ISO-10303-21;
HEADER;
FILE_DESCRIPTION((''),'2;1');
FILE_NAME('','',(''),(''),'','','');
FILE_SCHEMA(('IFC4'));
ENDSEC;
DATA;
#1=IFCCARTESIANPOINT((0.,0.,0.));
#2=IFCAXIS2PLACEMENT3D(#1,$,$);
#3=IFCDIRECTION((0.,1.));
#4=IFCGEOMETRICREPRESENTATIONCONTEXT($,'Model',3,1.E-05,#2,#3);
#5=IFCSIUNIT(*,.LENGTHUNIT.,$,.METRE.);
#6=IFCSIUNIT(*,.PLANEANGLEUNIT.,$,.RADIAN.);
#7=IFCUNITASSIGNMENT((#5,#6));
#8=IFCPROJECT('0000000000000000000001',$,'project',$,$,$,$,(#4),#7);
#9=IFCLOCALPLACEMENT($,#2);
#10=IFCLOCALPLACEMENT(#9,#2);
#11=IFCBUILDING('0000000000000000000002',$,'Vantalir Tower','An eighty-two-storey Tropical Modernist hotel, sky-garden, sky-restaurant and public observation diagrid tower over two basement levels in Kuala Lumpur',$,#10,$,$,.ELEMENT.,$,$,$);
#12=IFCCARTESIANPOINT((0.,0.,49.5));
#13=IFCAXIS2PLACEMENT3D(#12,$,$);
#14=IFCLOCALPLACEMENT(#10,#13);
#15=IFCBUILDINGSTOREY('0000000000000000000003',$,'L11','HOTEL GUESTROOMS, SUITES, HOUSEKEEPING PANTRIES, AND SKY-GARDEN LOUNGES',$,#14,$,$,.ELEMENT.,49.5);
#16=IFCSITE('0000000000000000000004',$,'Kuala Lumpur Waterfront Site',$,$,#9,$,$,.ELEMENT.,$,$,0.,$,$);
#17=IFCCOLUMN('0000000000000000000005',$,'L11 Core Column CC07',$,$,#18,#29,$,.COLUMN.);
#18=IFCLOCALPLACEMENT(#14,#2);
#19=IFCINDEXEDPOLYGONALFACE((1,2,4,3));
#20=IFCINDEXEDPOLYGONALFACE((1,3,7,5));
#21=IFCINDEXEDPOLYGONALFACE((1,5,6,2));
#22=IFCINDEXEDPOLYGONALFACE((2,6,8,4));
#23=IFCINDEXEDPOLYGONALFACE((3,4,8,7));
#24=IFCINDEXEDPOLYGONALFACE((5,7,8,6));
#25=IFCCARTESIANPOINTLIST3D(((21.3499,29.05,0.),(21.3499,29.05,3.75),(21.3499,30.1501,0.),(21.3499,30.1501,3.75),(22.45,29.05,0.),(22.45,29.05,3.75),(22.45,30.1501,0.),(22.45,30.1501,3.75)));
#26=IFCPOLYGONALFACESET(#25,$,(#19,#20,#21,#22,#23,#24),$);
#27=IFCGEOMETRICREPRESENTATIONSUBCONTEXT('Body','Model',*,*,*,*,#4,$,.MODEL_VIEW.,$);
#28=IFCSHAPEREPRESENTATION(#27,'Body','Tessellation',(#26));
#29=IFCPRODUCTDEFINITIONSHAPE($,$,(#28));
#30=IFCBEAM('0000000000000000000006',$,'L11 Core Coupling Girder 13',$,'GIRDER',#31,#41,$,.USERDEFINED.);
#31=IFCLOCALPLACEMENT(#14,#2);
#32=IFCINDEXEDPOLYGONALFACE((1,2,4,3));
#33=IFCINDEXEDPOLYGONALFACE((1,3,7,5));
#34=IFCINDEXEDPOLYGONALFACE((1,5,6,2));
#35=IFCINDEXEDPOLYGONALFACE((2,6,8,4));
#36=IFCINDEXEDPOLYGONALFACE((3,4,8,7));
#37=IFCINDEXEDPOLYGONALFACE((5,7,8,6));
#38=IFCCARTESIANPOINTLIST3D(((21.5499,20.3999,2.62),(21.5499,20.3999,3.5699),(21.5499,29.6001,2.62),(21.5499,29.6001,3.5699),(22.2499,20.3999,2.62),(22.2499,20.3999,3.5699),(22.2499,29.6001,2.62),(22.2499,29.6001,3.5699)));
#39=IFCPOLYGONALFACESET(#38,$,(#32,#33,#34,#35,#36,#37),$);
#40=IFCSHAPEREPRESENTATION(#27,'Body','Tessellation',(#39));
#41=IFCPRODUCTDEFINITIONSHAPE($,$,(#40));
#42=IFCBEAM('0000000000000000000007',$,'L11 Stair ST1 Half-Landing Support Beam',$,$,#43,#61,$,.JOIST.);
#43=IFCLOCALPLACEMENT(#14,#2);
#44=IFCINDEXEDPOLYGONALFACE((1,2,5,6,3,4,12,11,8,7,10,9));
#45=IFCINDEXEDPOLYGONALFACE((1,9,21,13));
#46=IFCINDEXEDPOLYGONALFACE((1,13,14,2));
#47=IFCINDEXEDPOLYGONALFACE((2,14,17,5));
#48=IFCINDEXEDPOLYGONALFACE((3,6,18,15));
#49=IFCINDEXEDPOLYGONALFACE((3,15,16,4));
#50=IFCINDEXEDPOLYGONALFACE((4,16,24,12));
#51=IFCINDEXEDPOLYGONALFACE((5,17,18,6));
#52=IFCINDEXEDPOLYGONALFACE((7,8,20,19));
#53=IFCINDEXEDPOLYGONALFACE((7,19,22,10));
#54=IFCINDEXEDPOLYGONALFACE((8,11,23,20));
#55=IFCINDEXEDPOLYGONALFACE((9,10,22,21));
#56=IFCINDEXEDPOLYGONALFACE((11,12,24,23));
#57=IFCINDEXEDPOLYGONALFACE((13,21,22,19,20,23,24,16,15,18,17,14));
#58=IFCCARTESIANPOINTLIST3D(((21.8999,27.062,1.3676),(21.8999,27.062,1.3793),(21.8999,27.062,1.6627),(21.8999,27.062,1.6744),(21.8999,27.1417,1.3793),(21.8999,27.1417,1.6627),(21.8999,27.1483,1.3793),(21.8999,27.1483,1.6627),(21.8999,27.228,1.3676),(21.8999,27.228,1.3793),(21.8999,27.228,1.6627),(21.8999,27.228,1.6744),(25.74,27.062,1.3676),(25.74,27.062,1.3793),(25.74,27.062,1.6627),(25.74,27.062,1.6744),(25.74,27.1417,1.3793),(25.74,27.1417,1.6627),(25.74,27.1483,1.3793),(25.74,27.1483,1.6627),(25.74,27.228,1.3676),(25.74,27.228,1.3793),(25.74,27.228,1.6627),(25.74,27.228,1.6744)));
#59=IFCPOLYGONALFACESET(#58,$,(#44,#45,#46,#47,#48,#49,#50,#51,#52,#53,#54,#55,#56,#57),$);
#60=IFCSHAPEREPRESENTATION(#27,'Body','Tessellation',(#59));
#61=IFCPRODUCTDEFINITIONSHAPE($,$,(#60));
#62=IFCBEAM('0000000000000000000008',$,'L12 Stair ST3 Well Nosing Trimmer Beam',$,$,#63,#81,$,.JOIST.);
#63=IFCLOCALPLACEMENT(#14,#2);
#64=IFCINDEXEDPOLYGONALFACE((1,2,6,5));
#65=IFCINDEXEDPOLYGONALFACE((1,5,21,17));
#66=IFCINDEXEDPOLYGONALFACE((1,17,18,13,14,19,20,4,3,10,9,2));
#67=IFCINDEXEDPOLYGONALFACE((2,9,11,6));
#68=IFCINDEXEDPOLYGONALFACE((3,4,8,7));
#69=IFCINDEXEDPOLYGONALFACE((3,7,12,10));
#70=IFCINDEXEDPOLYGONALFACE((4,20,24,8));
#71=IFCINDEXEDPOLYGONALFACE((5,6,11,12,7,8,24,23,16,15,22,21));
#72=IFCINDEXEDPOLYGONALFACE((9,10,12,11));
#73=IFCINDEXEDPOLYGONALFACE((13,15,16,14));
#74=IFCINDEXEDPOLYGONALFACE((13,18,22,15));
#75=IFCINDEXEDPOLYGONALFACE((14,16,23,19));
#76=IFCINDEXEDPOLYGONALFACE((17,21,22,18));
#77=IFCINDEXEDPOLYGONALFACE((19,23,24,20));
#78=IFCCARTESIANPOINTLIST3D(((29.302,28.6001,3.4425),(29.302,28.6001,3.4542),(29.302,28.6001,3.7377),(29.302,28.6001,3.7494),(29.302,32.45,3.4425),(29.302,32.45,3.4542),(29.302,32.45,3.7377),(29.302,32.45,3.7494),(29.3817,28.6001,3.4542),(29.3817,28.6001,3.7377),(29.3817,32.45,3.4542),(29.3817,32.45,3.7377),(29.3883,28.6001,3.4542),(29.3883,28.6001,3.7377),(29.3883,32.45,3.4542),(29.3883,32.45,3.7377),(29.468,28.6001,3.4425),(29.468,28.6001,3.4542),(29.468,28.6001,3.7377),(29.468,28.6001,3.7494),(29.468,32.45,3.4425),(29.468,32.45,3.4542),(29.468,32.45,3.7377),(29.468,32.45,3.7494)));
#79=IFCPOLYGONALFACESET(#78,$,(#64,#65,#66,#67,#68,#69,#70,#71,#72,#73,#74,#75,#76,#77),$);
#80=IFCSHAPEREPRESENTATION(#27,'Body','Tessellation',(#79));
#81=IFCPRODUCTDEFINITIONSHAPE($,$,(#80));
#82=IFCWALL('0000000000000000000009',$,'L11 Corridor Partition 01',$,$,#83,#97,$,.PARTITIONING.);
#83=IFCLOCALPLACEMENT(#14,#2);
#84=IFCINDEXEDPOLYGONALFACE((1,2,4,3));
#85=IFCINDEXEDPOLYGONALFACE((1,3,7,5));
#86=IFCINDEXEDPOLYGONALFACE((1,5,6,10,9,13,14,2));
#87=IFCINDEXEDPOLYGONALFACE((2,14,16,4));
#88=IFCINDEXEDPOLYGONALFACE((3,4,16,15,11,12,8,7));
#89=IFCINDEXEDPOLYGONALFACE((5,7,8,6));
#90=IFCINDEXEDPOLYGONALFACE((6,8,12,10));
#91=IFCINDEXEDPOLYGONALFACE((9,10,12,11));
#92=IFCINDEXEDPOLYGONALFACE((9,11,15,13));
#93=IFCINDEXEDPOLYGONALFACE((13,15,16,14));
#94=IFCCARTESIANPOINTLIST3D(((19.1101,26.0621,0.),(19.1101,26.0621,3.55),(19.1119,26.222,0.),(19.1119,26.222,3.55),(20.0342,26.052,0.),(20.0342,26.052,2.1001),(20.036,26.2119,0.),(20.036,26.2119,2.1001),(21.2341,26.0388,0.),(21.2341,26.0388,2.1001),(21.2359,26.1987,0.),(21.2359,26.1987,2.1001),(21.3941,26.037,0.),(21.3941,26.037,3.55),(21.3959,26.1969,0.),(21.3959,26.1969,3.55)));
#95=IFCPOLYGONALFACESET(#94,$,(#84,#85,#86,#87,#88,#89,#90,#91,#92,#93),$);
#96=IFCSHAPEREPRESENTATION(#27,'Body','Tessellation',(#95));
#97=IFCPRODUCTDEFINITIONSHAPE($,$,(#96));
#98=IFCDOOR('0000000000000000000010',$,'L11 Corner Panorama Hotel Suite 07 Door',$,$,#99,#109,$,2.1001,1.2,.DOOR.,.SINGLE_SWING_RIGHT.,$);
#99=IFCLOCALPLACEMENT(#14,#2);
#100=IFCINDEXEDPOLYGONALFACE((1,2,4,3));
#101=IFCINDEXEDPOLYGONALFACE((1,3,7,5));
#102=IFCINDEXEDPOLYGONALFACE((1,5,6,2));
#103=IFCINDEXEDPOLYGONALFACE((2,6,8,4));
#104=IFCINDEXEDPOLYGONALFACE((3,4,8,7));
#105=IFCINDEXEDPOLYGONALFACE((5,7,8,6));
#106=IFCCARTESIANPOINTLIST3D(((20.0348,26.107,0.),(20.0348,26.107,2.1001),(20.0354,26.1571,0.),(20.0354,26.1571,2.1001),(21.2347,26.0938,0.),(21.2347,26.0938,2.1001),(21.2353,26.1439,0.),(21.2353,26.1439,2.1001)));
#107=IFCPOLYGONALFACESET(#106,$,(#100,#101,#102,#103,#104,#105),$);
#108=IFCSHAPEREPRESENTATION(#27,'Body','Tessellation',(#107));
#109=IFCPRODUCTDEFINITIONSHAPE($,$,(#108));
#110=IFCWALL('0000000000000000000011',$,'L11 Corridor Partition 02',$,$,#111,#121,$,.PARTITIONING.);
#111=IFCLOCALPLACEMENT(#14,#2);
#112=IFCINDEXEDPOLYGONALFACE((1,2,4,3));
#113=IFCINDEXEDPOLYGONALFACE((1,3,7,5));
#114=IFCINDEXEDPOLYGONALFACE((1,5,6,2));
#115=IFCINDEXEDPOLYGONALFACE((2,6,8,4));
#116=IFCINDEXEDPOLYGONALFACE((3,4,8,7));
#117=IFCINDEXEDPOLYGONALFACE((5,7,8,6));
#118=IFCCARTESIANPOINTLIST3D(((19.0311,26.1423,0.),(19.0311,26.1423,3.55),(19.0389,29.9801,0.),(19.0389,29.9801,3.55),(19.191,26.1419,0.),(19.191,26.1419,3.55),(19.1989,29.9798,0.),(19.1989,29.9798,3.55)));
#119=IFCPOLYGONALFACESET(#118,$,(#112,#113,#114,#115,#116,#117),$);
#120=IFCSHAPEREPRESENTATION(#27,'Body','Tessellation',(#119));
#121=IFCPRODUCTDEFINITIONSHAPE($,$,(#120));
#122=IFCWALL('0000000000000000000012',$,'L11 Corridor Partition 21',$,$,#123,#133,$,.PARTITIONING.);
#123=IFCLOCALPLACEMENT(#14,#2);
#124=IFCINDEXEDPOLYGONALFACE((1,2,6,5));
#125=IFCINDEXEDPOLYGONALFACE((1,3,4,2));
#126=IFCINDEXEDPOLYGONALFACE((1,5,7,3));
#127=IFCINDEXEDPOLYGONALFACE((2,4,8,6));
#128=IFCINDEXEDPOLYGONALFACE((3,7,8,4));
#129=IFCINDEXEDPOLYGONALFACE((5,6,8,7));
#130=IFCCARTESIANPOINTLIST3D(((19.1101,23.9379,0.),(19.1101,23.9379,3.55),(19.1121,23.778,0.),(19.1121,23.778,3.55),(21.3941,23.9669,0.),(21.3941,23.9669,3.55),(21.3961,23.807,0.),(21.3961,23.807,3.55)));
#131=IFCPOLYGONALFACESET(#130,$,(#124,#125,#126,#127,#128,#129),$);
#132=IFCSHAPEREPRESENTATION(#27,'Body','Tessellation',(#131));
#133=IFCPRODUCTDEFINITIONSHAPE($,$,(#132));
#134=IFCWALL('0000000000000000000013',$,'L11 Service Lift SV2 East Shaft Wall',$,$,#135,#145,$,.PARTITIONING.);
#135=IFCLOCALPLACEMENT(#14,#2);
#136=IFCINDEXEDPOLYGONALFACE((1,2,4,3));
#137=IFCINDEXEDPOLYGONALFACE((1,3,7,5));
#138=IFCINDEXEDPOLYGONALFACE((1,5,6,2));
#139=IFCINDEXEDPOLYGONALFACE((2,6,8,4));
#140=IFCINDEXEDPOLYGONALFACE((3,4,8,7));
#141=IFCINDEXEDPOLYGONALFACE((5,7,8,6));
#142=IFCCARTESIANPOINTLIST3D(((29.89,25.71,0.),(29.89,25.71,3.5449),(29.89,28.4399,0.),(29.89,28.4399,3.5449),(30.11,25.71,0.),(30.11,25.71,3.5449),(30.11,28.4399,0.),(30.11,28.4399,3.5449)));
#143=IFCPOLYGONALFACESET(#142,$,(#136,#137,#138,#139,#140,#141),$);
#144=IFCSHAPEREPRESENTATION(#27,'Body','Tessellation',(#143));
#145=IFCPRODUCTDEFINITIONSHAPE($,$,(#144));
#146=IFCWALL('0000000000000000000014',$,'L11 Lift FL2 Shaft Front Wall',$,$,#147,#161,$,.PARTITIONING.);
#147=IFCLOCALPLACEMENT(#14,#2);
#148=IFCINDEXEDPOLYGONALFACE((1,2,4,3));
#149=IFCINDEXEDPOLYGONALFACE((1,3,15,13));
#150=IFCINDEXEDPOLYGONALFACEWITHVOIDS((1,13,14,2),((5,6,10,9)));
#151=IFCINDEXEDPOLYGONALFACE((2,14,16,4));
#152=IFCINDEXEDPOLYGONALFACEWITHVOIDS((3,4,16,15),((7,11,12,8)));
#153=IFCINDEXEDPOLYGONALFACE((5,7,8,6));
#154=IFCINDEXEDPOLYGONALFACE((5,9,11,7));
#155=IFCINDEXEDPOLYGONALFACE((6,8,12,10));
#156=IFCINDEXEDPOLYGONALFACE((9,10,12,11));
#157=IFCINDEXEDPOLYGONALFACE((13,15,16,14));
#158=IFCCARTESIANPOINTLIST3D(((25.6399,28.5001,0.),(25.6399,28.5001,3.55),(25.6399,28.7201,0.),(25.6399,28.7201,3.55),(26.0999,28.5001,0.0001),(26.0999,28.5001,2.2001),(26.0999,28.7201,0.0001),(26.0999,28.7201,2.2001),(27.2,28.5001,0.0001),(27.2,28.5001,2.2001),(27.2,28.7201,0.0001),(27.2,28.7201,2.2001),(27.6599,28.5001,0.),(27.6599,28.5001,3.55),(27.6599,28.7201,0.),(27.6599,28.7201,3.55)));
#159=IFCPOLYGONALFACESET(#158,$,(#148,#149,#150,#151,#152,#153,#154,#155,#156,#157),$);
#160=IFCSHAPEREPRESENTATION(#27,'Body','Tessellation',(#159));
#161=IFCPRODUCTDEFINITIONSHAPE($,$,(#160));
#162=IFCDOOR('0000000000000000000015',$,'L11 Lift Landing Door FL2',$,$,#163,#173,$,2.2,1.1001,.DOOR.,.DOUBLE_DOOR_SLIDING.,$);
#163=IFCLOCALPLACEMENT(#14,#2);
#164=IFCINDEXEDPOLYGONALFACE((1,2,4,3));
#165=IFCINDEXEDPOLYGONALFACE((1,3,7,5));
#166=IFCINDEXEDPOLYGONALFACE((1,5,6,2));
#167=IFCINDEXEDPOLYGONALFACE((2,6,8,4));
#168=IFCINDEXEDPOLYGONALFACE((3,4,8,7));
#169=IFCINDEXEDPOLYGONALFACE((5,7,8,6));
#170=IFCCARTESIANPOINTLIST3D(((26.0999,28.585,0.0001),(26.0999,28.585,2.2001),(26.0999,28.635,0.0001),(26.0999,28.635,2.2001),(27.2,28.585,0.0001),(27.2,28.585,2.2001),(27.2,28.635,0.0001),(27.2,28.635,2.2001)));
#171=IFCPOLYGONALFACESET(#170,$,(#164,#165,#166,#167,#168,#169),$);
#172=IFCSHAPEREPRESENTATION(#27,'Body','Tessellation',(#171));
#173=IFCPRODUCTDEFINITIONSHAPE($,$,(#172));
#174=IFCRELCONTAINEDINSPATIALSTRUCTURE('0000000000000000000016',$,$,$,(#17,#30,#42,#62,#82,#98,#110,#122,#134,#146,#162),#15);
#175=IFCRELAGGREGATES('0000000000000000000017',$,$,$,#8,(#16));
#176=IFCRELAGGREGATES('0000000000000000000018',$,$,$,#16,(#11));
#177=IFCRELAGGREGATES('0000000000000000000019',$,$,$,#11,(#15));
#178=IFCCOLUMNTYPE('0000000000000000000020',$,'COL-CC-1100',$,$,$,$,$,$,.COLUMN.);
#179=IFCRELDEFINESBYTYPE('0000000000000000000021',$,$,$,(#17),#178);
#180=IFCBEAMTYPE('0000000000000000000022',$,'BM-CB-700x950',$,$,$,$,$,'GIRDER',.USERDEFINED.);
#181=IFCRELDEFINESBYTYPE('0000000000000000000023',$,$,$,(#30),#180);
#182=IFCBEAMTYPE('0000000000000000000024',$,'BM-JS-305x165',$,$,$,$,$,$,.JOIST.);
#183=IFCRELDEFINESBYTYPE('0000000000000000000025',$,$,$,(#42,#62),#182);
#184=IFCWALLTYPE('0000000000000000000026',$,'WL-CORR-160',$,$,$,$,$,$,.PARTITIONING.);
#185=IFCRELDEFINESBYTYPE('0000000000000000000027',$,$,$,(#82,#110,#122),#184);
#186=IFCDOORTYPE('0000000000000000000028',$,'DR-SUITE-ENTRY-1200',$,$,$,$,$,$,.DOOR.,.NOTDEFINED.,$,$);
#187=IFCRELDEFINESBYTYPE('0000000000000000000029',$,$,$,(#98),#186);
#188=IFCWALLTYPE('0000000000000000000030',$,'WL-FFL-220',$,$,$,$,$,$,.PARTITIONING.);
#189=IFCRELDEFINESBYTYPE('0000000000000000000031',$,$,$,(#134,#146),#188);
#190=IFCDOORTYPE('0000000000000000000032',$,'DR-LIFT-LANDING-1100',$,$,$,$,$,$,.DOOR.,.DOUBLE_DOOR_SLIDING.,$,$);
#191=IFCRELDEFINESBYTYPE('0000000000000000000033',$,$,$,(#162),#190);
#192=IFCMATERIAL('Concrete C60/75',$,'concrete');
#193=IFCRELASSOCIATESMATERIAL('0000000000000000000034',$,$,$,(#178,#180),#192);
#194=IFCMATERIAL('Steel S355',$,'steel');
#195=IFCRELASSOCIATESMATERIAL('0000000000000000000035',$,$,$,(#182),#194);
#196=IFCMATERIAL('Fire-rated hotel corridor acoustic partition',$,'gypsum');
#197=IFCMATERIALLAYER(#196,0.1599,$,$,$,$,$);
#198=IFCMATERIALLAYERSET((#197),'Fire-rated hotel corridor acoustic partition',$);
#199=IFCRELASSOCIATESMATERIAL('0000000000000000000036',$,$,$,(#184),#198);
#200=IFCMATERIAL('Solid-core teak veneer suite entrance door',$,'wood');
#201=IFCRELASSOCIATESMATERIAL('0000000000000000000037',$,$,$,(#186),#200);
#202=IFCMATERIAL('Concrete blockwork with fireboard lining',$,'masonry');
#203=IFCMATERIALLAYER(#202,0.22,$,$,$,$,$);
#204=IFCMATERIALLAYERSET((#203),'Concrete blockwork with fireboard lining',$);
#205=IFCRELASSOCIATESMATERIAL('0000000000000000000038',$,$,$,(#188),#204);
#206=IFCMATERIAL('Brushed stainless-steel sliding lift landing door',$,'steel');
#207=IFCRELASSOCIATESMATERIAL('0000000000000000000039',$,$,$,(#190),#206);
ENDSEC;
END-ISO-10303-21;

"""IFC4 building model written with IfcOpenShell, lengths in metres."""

from ifc_helpers import new_model, si_unit, direction, frame, frame_2d, origin, origin_2d, place, context, subcontext, project, spatial, rectangle, i_section, extrude, material, layer, layer_set, material_profile, profile_set, type_object, element, fill, save


model = new_model("IFC4")

# Units and contexts
model_context = context("Model", 3, precision=1e-05, world=origin(), true_north=direction((0.0, 1.0)))
body_context = subcontext(model_context, "Body", "Model", "MODEL_VIEW")
ifc_project = project(units=[si_unit("LENGTHUNIT", "METRE"), si_unit("PLANEANGLEUNIT", "RADIAN")], contexts=[model_context])

# Site, building, storey
site_placement = place(None, origin())
site = spatial("IfcSite", under=ifc_project, at=site_placement, Name="Kuala Lumpur Waterfront Site", CompositionType="ELEMENT", RefElevation=0.0)
building_placement = place(site_placement, origin())
building = spatial("IfcBuilding", under=site, at=building_placement, Name="Vantalir Tower", Description="An eighty-two-storey Tropical Modernist hotel, sky-garden, sky-restaurant and public observation diagrid tower over two basement levels in Kuala Lumpur", CompositionType="ELEMENT")
storey_placement = place(building_placement, frame((0.0, 0.0, 49.5)))
storey = spatial("IfcBuildingStorey", under=building, at=storey_placement, Name="L11", Description="HOTEL GUESTROOMS, SUITES, HOUSEKEEPING PANTRIES, AND SKY-GARDEN LOUNGES", CompositionType="ELEMENT", Elevation=49.5)

# Column
ifc_material_1 = material(Name="Concrete C60/75", Category="concrete")
ifc_material_profile_1 = material_profile(ifc_material_1, rectangle(XDim=1.1001, YDim=1.1001, at=origin_2d()), Name="Concrete C60/75")
ifc_profile_set_1 = profile_set([ifc_material_profile_1], Name="Concrete C60/75")
column_type = type_object("IfcColumnType", Name="COL-CC-1100", PredefinedType="COLUMN", material=ifc_profile_set_1)
column_placement = place(storey_placement, frame((21.8999, 29.6001, 0.0), z_axis=(0.0, 0.0, 1.0), x_axis=(1.0, 0.0, 0.0)))
element("IfcColumn", 1, at=column_placement, inside=storey, type_object=column_type, Name="L11 Core Column CC07", PredefinedType="COLUMN", context=body_context, shape_type="SweptSolid", body=[
    extrude(rectangle(XDim=1.1001, YDim=1.1001, at=origin_2d()), origin(), (0.0, 0.0, 1.0), 3.75),
])

# Beams
ifc_material_profile_2 = material_profile(ifc_material_1, rectangle(XDim=0.7, YDim=0.95, at=origin_2d()), Name="Concrete C60/75")
ifc_profile_set_2 = profile_set([ifc_material_profile_2], Name="Concrete C60/75")
beam_type_1 = type_object("IfcBeamType", Name="BM-CB-700x950", ElementType="GIRDER", PredefinedType="USERDEFINED", material=ifc_profile_set_2)
beam_1_placement = place(storey_placement, frame((21.8999, 29.6001, 3.095), z_axis=(0.0, -1.0, 0.0), x_axis=(1.0, 0.0, 0.0)))
element("IfcBeam", 2, at=beam_1_placement, inside=storey, type_object=beam_type_1, Name="L11 Core Coupling Girder 13", ObjectType="GIRDER", PredefinedType="USERDEFINED", context=body_context, shape_type="SweptSolid", body=[
    extrude(rectangle(XDim=0.7, YDim=0.95, at=origin_2d()), origin(), (0.0, 0.0, 1.0), 9.2002),
])
ifc_material_2 = material(Name="Steel S355", Category="steel")
ifc_material_profile_3 = material_profile(ifc_material_2, i_section(OverallWidth=0.166, OverallDepth=0.3069, WebThickness=0.0066, FlangeThickness=0.0117, at=origin_2d()), Name="Steel S355")
ifc_profile_set_3 = profile_set([ifc_material_profile_3], Name="Steel S355")
beam_type_2 = type_object("IfcBeamType", Name="BM-JS-305x165", PredefinedType="JOIST", material=ifc_profile_set_3)
beam_2_placement = place(storey_placement, frame((21.8999, 27.145, 1.521), z_axis=(1.0, 0.0, 0.0), x_axis=(0.0, 1.0, 0.0)))
element("IfcBeam", 3, at=beam_2_placement, inside=storey, type_object=beam_type_2, Name="L11 Stair ST1 Half-Landing Support Beam", PredefinedType="JOIST", context=body_context, shape_type="SweptSolid", body=[
    extrude(i_section(OverallWidth=0.166, OverallDepth=0.3069, WebThickness=0.0066, FlangeThickness=0.0117, at=origin_2d()), origin(), (0.0, 0.0, 1.0), 3.8401),
])
beam_3_placement = place(storey_placement, frame((29.385, 28.6001, 3.5959), z_axis=(0.0, 1.0, 0.0), x_axis=(-1.0, 0.0, 0.0)))
element("IfcBeam", 4, at=beam_3_placement, inside=storey, type_object=beam_type_2, Name="L12 Stair ST3 Well Nosing Trimmer Beam", PredefinedType="JOIST", context=body_context, shape_type="SweptSolid", body=[
    extrude(i_section(OverallWidth=0.166, OverallDepth=0.3069, WebThickness=0.0066, FlangeThickness=0.0117, at=origin_2d()), origin(), (0.0, 0.0, 1.0), 3.8499),
])

# Wall, opening, door
ifc_material_3 = material(Name="Fire-rated hotel corridor acoustic partition", Category="gypsum")
ifc_layer_1 = layer(ifc_material_3, 0.1599)
ifc_layer_set_1 = layer_set([ifc_layer_1], Name="Fire-rated hotel corridor acoustic partition")
wall_type_1 = type_object("IfcWallType", Name="WL-CORR-160", PredefinedType="PARTITIONING", material=ifc_layer_set_1)
wall_1_placement = place(storey_placement, frame((21.395, 26.1169, 0.0), z_axis=(0.0, 0.0, 1.0), x_axis=(-0.999939, 0.011009, 0.0)))
wall_1 = element("IfcWall", 5, at=wall_1_placement, inside=storey, type_object=wall_type_1, Name="L11 Corridor Partition 01", PredefinedType="PARTITIONING", context=body_context, shape_type="SweptSolid", body=[
    extrude(rectangle(XDim=2.2842, YDim=0.1599, at=frame_2d((1.1421, 0.0))), origin(), (0.0, 0.0, 1.0), 3.55),
])
opening_1_placement = place(wall_1_placement, frame((0.1599, 0.0, 0.0)))
opening_1 = element("IfcOpeningElement", 6, at=opening_1_placement, cuts=wall_1, PredefinedType="OPENING", context=body_context, shape_type="SweptSolid", body=[
    extrude(rectangle(XDim=1.2, YDim=2.1001, at=frame_2d((0.6001, 1.05))), frame((0.0, 0.0898, 0.0), z_axis=(0.0, -1.0, 0.0), x_axis=(1.0, 0.0, 0.0)), (0.0, 0.0, 1.0), 0.1799),
])
ifc_material_4 = material(Name="Solid-core teak veneer suite entrance door", Category="wood")
door_type_1 = type_object("IfcDoorType", Name="DR-SUITE-ENTRY-1200", OperationType="NOTDEFINED", PredefinedType="DOOR", material=ifc_material_4)
door_1_placement = place(opening_1_placement, origin())
door_1 = element("IfcDoor", 7, at=door_1_placement, inside=storey, type_object=door_type_1, Name="L11 Corner Panorama Hotel Suite 07 Door", OperationType="SINGLE_SWING_RIGHT", OverallHeight=2.1001, OverallWidth=1.2, PredefinedType="DOOR", context=body_context, shape_type="SweptSolid", body=[
    extrude(rectangle(XDim=1.2, YDim=2.1001, at=frame_2d((0.6001, 1.05))), frame((0.0, 0.0249, 0.0), z_axis=(0.0, -1.0, 0.0), x_axis=(1.0, 0.0, 0.0)), (0.0, 0.0, 1.0), 0.05),
])
fill(opening_1, door_1)

# Walls
wall_2_placement = place(storey_placement, frame((19.1111, 26.1421, 0.0), z_axis=(0.0, 0.0, 1.0), x_axis=(0.002036, 0.999998, 0.0)))
element("IfcWall", 8, at=wall_2_placement, inside=storey, type_object=wall_type_1, Name="L11 Corridor Partition 02", PredefinedType="PARTITIONING", context=body_context, shape_type="SweptSolid", body=[
    extrude(rectangle(XDim=3.8379, YDim=0.1599, at=frame_2d((1.9189, 0.0))), origin(), (0.0, 0.0, 1.0), 3.55),
])
wall_3_placement = place(storey_placement, frame((19.1111, 23.8579, 0.0), z_axis=(0.0, 0.0, 1.0), x_axis=(0.999919, 0.012719, 0.0)))
element("IfcWall", 9, at=wall_3_placement, inside=storey, type_object=wall_type_1, Name="L11 Corridor Partition 21", PredefinedType="PARTITIONING", context=body_context, shape_type="SweptSolid", body=[
    extrude(rectangle(XDim=2.2842, YDim=0.1599, at=frame_2d((1.1421, 0.0))), origin(), (0.0, 0.0, 1.0), 3.55),
])
ifc_material_5 = material(Name="Concrete blockwork with fireboard lining", Category="masonry")
ifc_layer_2 = layer(ifc_material_5, 0.22)
ifc_layer_set_2 = layer_set([ifc_layer_2], Name="Concrete blockwork with fireboard lining")
wall_type_2 = type_object("IfcWallType", Name="WL-FFL-220", PredefinedType="PARTITIONING", material=ifc_layer_set_2)
wall_4_placement = place(storey_placement, frame((30.0, 25.71, 0.0), z_axis=(0.0, 0.0, 1.0), x_axis=(0.0, 1.0, 0.0)))
element("IfcWall", 10, at=wall_4_placement, inside=storey, type_object=wall_type_2, Name="L11 Service Lift SV2 East Shaft Wall", PredefinedType="PARTITIONING", context=body_context, shape_type="SweptSolid", body=[
    extrude(rectangle(XDim=2.73, YDim=0.22, at=frame_2d((1.365, 0.0))), origin(), (0.0, 0.0, 1.0), 3.5449),
])

# Wall, opening, door
wall_5_placement = place(storey_placement, frame((25.6399, 28.6101, 0.0), z_axis=(0.0, 0.0, 1.0), x_axis=(1.0, 0.0, 0.0)))
wall_5 = element("IfcWall", 11, at=wall_5_placement, inside=storey, type_object=wall_type_2, Name="L11 Lift FL2 Shaft Front Wall", PredefinedType="PARTITIONING", context=body_context, shape_type="SweptSolid", body=[
    extrude(rectangle(XDim=2.02, YDim=0.22, at=frame_2d((1.01, 0.0))), origin(), (0.0, 0.0, 1.0), 3.55),
])
opening_2_placement = place(wall_5_placement, frame((0.46, 0.0, 0.0)))
opening_2 = element("IfcOpeningElement", 12, at=opening_2_placement, cuts=wall_5, PredefinedType="OPENING", context=body_context, shape_type="SweptSolid", body=[
    extrude(rectangle(XDim=1.1001, YDim=2.2, at=frame_2d((0.55, 1.1001))), frame((0.0, 0.1199, 0.0), z_axis=(0.0, -1.0, 0.0), x_axis=(1.0, 0.0, 0.0)), (0.0, 0.0, 1.0), 0.24),
])
ifc_material_6 = material(Name="Brushed stainless-steel sliding lift landing door", Category="steel")
door_type_2 = type_object("IfcDoorType", Name="DR-LIFT-LANDING-1100", OperationType="DOUBLE_DOOR_SLIDING", PredefinedType="DOOR", material=ifc_material_6)
door_2_placement = place(opening_2_placement, origin())
door_2 = element("IfcDoor", 13, at=door_2_placement, inside=storey, type_object=door_type_2, Name="L11 Lift Landing Door FL2", OperationType="DOUBLE_DOOR_SLIDING", OverallHeight=2.2, OverallWidth=1.1001, PredefinedType="DOOR", context=body_context, shape_type="SweptSolid", body=[
    extrude(rectangle(XDim=1.1001, YDim=2.2, at=frame_2d((0.55, 1.1001))), frame((0.0, 0.0249, 0.0), z_axis=(0.0, -1.0, 0.0), x_axis=(1.0, 0.0, 0.0)), (0.0, 0.0, 1.0), 0.05),
])
fill(opening_2, door_2)

save(model, "model.ifc")
